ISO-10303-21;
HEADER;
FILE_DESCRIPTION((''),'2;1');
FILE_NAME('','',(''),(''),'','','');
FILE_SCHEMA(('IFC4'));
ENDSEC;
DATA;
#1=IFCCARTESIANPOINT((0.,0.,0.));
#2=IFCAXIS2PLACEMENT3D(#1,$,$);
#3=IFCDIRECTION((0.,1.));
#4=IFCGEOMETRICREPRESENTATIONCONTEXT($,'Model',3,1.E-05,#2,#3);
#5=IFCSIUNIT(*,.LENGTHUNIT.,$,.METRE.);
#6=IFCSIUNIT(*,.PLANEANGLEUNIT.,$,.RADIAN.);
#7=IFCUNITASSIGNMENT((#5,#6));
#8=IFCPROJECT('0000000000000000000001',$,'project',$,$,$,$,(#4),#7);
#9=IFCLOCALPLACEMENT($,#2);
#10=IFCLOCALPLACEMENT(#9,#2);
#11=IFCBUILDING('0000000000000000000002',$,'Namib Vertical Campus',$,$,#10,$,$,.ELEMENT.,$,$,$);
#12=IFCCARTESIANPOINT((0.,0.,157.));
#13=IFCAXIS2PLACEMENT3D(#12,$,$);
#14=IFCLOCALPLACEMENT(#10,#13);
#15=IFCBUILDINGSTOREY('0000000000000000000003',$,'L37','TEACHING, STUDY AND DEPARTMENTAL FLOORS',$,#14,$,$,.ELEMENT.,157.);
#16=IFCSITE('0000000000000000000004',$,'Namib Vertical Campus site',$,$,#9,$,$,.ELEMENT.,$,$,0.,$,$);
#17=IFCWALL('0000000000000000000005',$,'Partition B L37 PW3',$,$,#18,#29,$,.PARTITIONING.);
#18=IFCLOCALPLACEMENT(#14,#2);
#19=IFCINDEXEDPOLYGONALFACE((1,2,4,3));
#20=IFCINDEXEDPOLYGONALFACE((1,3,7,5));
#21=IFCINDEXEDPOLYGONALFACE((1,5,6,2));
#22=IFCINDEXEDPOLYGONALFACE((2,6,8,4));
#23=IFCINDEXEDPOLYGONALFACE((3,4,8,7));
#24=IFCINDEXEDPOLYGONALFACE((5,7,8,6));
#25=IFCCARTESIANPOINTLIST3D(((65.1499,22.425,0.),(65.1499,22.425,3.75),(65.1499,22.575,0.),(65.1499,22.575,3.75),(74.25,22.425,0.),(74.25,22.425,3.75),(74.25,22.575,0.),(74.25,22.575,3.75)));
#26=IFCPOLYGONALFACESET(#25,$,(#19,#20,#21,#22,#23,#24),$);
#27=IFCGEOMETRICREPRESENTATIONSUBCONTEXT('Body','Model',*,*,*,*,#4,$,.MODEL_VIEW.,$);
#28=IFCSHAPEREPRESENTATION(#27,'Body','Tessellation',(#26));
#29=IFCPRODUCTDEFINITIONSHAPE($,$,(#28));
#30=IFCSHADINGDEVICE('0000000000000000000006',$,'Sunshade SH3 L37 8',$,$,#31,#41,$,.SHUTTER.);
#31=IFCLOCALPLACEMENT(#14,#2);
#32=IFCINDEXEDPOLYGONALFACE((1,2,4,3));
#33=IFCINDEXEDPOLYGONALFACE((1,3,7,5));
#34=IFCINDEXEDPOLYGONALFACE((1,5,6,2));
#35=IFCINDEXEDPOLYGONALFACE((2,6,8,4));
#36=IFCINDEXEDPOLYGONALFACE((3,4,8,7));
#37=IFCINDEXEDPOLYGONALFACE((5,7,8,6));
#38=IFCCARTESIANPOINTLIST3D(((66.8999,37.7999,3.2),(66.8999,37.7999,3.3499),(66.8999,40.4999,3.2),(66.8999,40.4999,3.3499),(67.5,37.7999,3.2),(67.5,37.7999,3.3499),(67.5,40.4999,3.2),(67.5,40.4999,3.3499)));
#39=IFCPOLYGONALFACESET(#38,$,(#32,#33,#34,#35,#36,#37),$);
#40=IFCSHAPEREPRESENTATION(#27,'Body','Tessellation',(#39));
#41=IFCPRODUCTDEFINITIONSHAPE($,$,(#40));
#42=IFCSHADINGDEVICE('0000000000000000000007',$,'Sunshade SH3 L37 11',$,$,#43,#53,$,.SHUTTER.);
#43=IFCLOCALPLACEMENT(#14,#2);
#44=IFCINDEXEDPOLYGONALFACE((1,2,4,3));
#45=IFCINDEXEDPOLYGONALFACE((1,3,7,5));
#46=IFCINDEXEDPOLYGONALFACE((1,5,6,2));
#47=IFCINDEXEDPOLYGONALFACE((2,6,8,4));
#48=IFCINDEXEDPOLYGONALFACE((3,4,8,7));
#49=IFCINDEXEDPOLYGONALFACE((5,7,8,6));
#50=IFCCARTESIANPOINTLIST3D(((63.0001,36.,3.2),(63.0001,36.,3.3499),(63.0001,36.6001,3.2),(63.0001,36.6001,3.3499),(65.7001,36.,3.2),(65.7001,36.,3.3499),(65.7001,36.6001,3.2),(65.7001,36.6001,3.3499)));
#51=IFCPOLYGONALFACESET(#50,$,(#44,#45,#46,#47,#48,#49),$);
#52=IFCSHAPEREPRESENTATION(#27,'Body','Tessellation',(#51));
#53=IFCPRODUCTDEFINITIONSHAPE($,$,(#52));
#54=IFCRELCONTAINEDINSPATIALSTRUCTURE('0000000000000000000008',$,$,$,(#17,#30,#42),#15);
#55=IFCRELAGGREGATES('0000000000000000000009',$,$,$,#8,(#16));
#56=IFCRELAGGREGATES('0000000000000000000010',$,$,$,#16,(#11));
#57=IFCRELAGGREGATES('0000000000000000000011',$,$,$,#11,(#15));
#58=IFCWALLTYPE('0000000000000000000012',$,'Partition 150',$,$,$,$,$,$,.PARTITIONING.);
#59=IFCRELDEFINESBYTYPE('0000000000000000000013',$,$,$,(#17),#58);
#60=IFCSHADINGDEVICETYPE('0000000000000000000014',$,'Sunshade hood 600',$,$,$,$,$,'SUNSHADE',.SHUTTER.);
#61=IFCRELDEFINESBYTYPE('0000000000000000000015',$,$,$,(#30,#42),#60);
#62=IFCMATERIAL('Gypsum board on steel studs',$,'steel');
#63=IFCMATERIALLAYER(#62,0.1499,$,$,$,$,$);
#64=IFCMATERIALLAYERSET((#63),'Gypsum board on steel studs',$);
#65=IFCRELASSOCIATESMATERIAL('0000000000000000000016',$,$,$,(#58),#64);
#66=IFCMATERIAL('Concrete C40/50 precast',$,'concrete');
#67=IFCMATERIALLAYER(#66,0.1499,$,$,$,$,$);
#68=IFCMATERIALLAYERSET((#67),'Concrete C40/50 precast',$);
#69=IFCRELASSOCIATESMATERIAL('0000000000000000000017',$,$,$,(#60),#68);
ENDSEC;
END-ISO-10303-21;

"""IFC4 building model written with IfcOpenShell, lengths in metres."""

from ifc_helpers import new_model, si_unit, direction, frame, frame_2d, origin, origin_2d, place, context, subcontext, project, spatial, rectangle, extrude, material, layer, layer_set, type_object, element, save


model = new_model("IFC4")

# Units and contexts
model_context = context("Model", 3, precision=1e-05, world=origin(), true_north=direction((0.0, 1.0)))
body_context = subcontext(model_context, "Body", "Model", "MODEL_VIEW")
ifc_project = project(units=[si_unit("LENGTHUNIT", "METRE"), si_unit("PLANEANGLEUNIT", "RADIAN")], contexts=[model_context])

# Site, building, storey
site_placement = place(None, origin())
site = spatial("IfcSite", under=ifc_project, at=site_placement, Name="Namib Vertical Campus site", CompositionType="ELEMENT", RefElevation=0.0)
building_placement = place(site_placement, origin())
building = spatial("IfcBuilding", under=site, at=building_placement, Name="Namib Vertical Campus", CompositionType="ELEMENT")
storey_placement = place(building_placement, frame((0.0, 0.0, 157.0)))
storey = spatial("IfcBuildingStorey", under=building, at=storey_placement, Name="L37", Description="TEACHING, STUDY AND DEPARTMENTAL FLOORS", CompositionType="ELEMENT", Elevation=157.0)

# Wall
ifc_material_1 = material(Name="Gypsum board on steel studs", Category="steel")
ifc_layer_1 = layer(ifc_material_1, 0.1499)
ifc_layer_set_1 = layer_set([ifc_layer_1], Name="Gypsum board on steel studs")
wall_type_1 = type_object("IfcWallType", Name="Partition 150", PredefinedType="PARTITIONING", material=ifc_layer_set_1)
wall_1_placement = place(storey_placement, frame((65.1499, 22.5, 0.0), z_axis=(0.0, 0.0, 1.0), x_axis=(1.0, 0.0, 0.0)))
element("IfcWall", 1, at=wall_1_placement, inside=storey, type_object=wall_type_1, Name="Partition B L37 PW3", PredefinedType="PARTITIONING", context=body_context, shape_type="SweptSolid", body=[
    extrude(rectangle(XDim=9.1001, YDim=0.1499, at=frame_2d((4.55, 0.0))), origin(), (0.0, 0.0, 1.0), 3.75),
])

# Shading devices
ifc_material_2 = material(Name="Concrete C40/50 precast", Category="concrete")
ifc_layer_2 = layer(ifc_material_2, 0.1499)
ifc_layer_set_2 = layer_set([ifc_layer_2], Name="Concrete C40/50 precast")
shading_device_type = type_object("IfcShadingDeviceType", Name="Sunshade hood 600", ElementType="SUNSHADE", PredefinedType="SHUTTER", material=ifc_layer_set_2)
for number, where, z_axis, x_axis, name in (
    (2, (67.2, 39.1499, 3.2), (0.0, 0.0, 1.0), (0.0, -1.0, 0.0), "Sunshade SH3 L37 8"),
    (3, (64.3501, 36.3, 3.2), (0.0, 0.0, 1.0), (-1.0, 0.0, 0.0), "Sunshade SH3 L37 11"),
):
    element("IfcShadingDevice", number, at=place(storey_placement, frame(where, z_axis=z_axis, x_axis=x_axis)), inside=storey, type_object=shading_device_type, Name=name, PredefinedType="SHUTTER", context=body_context, shape_type="SweptSolid", body=[
        extrude(rectangle(XDim=2.7, YDim=0.6001, at=origin_2d()), origin(), (0.0, 0.0, 1.0), 0.1499),
    ])

save(model, "model.ifc")
